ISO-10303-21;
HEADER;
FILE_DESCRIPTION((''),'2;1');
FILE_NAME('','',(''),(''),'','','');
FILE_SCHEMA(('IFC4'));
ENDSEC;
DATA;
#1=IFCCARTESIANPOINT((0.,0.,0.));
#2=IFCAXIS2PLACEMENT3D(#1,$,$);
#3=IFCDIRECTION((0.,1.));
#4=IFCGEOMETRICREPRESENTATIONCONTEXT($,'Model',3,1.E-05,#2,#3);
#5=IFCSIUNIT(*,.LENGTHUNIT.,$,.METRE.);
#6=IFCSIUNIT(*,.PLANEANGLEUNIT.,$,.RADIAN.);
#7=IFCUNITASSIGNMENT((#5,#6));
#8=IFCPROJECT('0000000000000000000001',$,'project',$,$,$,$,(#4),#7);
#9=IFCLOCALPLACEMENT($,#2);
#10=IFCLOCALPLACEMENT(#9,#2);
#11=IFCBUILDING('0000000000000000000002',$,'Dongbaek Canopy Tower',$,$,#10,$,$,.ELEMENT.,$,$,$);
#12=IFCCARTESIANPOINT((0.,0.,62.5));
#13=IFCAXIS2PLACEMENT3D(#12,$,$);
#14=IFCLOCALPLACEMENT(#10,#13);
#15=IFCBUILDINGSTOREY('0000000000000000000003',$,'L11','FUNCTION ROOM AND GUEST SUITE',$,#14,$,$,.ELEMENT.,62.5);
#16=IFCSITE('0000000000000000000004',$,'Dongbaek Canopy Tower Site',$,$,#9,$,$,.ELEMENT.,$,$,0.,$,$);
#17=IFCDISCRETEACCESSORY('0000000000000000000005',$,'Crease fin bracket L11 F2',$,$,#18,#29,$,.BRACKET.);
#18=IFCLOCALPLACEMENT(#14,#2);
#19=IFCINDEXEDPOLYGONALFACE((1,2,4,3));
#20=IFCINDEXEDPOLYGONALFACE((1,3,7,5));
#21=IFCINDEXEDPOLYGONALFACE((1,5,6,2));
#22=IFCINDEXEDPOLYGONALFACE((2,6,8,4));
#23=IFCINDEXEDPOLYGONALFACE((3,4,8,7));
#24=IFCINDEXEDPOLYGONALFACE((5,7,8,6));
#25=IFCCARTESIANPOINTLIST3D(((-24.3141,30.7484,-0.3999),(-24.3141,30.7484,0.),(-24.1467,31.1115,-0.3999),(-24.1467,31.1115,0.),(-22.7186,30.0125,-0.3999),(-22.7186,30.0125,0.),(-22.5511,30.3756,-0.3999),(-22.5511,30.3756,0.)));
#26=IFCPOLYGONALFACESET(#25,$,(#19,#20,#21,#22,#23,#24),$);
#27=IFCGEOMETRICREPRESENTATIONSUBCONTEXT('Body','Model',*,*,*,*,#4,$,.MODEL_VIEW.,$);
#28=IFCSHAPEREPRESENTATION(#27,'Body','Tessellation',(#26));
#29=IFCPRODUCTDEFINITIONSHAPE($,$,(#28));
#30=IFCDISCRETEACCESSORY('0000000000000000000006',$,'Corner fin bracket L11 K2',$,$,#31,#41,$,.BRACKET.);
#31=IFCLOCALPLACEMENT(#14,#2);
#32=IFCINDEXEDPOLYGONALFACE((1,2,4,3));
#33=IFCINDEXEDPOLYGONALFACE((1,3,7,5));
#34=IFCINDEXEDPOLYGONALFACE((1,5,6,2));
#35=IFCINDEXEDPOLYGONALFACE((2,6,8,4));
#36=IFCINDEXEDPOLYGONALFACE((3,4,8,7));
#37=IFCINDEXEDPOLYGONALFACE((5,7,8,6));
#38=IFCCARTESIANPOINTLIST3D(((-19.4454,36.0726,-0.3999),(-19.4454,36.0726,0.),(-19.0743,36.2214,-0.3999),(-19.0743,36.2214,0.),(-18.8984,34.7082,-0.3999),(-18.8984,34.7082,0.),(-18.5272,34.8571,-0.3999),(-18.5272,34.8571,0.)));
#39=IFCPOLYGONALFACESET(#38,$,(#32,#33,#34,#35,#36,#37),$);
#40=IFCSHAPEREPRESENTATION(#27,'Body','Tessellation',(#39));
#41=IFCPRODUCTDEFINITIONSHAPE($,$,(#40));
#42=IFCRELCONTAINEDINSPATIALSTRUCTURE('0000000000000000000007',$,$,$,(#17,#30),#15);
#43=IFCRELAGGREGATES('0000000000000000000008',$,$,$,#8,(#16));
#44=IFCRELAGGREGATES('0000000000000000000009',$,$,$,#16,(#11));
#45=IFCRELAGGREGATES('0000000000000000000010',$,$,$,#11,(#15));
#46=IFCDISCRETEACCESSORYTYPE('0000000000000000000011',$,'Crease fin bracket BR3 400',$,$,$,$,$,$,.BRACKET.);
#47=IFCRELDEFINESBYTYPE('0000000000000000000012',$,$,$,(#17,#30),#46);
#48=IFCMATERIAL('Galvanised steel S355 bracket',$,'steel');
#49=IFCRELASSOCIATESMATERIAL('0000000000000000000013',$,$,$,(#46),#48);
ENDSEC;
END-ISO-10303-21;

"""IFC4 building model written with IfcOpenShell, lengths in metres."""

from ifc_helpers import new_model, si_unit, direction, frame, origin, origin_2d, place, context, subcontext, project, spatial, rectangle, extrude, material, type_object, element, save


model = new_model("IFC4")

# Units and contexts
model_context = context("Model", 3, precision=1e-05, world=origin(), true_north=direction((0.0, 1.0)))
body_context = subcontext(model_context, "Body", "Model", "MODEL_VIEW")
ifc_project = project(units=[si_unit("LENGTHUNIT", "METRE"), si_unit("PLANEANGLEUNIT", "RADIAN")], contexts=[model_context])

# Site, building, storey
site_placement = place(None, origin())
site = spatial("IfcSite", under=ifc_project, at=site_placement, Name="Dongbaek Canopy Tower Site", CompositionType="ELEMENT", RefElevation=0.0)
building_placement = place(site_placement, origin())
building = spatial("IfcBuilding", under=site, at=building_placement, Name="Dongbaek Canopy Tower", CompositionType="ELEMENT")
storey_placement = place(building_placement, frame((0.0, 0.0, 62.5)))
storey = spatial("IfcBuildingStorey", under=building, at=storey_placement, Name="L11", Description="FUNCTION ROOM AND GUEST SUITE", CompositionType="ELEMENT", Elevation=62.5)

# Discrete accessories
ifc_material_1 = material(Name="Galvanised steel S355 bracket", Category="steel")
discrete_accessory_type = type_object("IfcDiscreteAccessoryType", Name="Crease fin bracket BR3 400", PredefinedType="BRACKET", material=ifc_material_1)
discrete_accessory_1_placement = place(storey_placement, frame((-23.4326, 30.562, -0.3999), z_axis=(0.0, 0.0, 1.0), x_axis=(-0.908073, 0.418812, 0.0)))
element("IfcDiscreteAccessory", 1, at=discrete_accessory_1_placement, inside=storey, type_object=discrete_accessory_type, Name="Crease fin bracket L11 F2", PredefinedType="BRACKET", context=body_context, shape_type="SweptSolid", body=[
    extrude(rectangle(XDim=1.7571, YDim=0.3999, at=origin_2d()), origin(), (0.0, 0.0, 1.0), 0.3999),
])
discrete_accessory_2_placement = place(storey_placement, frame((-18.9863, 35.4648, -0.3999), z_axis=(0.0, 0.0, 1.0), x_axis=(-0.372155, 0.92817, 0.0)))
element("IfcDiscreteAccessory", 2, at=discrete_accessory_2_placement, inside=storey, type_object=discrete_accessory_type, Name="Corner fin bracket L11 K2", PredefinedType="BRACKET", context=body_context, shape_type="SweptSolid", body=[
    extrude(rectangle(XDim=1.47, YDim=0.3999, at=origin_2d()), origin(), (0.0, 0.0, 1.0), 0.3999),
])

save(model, "model.ifc")
